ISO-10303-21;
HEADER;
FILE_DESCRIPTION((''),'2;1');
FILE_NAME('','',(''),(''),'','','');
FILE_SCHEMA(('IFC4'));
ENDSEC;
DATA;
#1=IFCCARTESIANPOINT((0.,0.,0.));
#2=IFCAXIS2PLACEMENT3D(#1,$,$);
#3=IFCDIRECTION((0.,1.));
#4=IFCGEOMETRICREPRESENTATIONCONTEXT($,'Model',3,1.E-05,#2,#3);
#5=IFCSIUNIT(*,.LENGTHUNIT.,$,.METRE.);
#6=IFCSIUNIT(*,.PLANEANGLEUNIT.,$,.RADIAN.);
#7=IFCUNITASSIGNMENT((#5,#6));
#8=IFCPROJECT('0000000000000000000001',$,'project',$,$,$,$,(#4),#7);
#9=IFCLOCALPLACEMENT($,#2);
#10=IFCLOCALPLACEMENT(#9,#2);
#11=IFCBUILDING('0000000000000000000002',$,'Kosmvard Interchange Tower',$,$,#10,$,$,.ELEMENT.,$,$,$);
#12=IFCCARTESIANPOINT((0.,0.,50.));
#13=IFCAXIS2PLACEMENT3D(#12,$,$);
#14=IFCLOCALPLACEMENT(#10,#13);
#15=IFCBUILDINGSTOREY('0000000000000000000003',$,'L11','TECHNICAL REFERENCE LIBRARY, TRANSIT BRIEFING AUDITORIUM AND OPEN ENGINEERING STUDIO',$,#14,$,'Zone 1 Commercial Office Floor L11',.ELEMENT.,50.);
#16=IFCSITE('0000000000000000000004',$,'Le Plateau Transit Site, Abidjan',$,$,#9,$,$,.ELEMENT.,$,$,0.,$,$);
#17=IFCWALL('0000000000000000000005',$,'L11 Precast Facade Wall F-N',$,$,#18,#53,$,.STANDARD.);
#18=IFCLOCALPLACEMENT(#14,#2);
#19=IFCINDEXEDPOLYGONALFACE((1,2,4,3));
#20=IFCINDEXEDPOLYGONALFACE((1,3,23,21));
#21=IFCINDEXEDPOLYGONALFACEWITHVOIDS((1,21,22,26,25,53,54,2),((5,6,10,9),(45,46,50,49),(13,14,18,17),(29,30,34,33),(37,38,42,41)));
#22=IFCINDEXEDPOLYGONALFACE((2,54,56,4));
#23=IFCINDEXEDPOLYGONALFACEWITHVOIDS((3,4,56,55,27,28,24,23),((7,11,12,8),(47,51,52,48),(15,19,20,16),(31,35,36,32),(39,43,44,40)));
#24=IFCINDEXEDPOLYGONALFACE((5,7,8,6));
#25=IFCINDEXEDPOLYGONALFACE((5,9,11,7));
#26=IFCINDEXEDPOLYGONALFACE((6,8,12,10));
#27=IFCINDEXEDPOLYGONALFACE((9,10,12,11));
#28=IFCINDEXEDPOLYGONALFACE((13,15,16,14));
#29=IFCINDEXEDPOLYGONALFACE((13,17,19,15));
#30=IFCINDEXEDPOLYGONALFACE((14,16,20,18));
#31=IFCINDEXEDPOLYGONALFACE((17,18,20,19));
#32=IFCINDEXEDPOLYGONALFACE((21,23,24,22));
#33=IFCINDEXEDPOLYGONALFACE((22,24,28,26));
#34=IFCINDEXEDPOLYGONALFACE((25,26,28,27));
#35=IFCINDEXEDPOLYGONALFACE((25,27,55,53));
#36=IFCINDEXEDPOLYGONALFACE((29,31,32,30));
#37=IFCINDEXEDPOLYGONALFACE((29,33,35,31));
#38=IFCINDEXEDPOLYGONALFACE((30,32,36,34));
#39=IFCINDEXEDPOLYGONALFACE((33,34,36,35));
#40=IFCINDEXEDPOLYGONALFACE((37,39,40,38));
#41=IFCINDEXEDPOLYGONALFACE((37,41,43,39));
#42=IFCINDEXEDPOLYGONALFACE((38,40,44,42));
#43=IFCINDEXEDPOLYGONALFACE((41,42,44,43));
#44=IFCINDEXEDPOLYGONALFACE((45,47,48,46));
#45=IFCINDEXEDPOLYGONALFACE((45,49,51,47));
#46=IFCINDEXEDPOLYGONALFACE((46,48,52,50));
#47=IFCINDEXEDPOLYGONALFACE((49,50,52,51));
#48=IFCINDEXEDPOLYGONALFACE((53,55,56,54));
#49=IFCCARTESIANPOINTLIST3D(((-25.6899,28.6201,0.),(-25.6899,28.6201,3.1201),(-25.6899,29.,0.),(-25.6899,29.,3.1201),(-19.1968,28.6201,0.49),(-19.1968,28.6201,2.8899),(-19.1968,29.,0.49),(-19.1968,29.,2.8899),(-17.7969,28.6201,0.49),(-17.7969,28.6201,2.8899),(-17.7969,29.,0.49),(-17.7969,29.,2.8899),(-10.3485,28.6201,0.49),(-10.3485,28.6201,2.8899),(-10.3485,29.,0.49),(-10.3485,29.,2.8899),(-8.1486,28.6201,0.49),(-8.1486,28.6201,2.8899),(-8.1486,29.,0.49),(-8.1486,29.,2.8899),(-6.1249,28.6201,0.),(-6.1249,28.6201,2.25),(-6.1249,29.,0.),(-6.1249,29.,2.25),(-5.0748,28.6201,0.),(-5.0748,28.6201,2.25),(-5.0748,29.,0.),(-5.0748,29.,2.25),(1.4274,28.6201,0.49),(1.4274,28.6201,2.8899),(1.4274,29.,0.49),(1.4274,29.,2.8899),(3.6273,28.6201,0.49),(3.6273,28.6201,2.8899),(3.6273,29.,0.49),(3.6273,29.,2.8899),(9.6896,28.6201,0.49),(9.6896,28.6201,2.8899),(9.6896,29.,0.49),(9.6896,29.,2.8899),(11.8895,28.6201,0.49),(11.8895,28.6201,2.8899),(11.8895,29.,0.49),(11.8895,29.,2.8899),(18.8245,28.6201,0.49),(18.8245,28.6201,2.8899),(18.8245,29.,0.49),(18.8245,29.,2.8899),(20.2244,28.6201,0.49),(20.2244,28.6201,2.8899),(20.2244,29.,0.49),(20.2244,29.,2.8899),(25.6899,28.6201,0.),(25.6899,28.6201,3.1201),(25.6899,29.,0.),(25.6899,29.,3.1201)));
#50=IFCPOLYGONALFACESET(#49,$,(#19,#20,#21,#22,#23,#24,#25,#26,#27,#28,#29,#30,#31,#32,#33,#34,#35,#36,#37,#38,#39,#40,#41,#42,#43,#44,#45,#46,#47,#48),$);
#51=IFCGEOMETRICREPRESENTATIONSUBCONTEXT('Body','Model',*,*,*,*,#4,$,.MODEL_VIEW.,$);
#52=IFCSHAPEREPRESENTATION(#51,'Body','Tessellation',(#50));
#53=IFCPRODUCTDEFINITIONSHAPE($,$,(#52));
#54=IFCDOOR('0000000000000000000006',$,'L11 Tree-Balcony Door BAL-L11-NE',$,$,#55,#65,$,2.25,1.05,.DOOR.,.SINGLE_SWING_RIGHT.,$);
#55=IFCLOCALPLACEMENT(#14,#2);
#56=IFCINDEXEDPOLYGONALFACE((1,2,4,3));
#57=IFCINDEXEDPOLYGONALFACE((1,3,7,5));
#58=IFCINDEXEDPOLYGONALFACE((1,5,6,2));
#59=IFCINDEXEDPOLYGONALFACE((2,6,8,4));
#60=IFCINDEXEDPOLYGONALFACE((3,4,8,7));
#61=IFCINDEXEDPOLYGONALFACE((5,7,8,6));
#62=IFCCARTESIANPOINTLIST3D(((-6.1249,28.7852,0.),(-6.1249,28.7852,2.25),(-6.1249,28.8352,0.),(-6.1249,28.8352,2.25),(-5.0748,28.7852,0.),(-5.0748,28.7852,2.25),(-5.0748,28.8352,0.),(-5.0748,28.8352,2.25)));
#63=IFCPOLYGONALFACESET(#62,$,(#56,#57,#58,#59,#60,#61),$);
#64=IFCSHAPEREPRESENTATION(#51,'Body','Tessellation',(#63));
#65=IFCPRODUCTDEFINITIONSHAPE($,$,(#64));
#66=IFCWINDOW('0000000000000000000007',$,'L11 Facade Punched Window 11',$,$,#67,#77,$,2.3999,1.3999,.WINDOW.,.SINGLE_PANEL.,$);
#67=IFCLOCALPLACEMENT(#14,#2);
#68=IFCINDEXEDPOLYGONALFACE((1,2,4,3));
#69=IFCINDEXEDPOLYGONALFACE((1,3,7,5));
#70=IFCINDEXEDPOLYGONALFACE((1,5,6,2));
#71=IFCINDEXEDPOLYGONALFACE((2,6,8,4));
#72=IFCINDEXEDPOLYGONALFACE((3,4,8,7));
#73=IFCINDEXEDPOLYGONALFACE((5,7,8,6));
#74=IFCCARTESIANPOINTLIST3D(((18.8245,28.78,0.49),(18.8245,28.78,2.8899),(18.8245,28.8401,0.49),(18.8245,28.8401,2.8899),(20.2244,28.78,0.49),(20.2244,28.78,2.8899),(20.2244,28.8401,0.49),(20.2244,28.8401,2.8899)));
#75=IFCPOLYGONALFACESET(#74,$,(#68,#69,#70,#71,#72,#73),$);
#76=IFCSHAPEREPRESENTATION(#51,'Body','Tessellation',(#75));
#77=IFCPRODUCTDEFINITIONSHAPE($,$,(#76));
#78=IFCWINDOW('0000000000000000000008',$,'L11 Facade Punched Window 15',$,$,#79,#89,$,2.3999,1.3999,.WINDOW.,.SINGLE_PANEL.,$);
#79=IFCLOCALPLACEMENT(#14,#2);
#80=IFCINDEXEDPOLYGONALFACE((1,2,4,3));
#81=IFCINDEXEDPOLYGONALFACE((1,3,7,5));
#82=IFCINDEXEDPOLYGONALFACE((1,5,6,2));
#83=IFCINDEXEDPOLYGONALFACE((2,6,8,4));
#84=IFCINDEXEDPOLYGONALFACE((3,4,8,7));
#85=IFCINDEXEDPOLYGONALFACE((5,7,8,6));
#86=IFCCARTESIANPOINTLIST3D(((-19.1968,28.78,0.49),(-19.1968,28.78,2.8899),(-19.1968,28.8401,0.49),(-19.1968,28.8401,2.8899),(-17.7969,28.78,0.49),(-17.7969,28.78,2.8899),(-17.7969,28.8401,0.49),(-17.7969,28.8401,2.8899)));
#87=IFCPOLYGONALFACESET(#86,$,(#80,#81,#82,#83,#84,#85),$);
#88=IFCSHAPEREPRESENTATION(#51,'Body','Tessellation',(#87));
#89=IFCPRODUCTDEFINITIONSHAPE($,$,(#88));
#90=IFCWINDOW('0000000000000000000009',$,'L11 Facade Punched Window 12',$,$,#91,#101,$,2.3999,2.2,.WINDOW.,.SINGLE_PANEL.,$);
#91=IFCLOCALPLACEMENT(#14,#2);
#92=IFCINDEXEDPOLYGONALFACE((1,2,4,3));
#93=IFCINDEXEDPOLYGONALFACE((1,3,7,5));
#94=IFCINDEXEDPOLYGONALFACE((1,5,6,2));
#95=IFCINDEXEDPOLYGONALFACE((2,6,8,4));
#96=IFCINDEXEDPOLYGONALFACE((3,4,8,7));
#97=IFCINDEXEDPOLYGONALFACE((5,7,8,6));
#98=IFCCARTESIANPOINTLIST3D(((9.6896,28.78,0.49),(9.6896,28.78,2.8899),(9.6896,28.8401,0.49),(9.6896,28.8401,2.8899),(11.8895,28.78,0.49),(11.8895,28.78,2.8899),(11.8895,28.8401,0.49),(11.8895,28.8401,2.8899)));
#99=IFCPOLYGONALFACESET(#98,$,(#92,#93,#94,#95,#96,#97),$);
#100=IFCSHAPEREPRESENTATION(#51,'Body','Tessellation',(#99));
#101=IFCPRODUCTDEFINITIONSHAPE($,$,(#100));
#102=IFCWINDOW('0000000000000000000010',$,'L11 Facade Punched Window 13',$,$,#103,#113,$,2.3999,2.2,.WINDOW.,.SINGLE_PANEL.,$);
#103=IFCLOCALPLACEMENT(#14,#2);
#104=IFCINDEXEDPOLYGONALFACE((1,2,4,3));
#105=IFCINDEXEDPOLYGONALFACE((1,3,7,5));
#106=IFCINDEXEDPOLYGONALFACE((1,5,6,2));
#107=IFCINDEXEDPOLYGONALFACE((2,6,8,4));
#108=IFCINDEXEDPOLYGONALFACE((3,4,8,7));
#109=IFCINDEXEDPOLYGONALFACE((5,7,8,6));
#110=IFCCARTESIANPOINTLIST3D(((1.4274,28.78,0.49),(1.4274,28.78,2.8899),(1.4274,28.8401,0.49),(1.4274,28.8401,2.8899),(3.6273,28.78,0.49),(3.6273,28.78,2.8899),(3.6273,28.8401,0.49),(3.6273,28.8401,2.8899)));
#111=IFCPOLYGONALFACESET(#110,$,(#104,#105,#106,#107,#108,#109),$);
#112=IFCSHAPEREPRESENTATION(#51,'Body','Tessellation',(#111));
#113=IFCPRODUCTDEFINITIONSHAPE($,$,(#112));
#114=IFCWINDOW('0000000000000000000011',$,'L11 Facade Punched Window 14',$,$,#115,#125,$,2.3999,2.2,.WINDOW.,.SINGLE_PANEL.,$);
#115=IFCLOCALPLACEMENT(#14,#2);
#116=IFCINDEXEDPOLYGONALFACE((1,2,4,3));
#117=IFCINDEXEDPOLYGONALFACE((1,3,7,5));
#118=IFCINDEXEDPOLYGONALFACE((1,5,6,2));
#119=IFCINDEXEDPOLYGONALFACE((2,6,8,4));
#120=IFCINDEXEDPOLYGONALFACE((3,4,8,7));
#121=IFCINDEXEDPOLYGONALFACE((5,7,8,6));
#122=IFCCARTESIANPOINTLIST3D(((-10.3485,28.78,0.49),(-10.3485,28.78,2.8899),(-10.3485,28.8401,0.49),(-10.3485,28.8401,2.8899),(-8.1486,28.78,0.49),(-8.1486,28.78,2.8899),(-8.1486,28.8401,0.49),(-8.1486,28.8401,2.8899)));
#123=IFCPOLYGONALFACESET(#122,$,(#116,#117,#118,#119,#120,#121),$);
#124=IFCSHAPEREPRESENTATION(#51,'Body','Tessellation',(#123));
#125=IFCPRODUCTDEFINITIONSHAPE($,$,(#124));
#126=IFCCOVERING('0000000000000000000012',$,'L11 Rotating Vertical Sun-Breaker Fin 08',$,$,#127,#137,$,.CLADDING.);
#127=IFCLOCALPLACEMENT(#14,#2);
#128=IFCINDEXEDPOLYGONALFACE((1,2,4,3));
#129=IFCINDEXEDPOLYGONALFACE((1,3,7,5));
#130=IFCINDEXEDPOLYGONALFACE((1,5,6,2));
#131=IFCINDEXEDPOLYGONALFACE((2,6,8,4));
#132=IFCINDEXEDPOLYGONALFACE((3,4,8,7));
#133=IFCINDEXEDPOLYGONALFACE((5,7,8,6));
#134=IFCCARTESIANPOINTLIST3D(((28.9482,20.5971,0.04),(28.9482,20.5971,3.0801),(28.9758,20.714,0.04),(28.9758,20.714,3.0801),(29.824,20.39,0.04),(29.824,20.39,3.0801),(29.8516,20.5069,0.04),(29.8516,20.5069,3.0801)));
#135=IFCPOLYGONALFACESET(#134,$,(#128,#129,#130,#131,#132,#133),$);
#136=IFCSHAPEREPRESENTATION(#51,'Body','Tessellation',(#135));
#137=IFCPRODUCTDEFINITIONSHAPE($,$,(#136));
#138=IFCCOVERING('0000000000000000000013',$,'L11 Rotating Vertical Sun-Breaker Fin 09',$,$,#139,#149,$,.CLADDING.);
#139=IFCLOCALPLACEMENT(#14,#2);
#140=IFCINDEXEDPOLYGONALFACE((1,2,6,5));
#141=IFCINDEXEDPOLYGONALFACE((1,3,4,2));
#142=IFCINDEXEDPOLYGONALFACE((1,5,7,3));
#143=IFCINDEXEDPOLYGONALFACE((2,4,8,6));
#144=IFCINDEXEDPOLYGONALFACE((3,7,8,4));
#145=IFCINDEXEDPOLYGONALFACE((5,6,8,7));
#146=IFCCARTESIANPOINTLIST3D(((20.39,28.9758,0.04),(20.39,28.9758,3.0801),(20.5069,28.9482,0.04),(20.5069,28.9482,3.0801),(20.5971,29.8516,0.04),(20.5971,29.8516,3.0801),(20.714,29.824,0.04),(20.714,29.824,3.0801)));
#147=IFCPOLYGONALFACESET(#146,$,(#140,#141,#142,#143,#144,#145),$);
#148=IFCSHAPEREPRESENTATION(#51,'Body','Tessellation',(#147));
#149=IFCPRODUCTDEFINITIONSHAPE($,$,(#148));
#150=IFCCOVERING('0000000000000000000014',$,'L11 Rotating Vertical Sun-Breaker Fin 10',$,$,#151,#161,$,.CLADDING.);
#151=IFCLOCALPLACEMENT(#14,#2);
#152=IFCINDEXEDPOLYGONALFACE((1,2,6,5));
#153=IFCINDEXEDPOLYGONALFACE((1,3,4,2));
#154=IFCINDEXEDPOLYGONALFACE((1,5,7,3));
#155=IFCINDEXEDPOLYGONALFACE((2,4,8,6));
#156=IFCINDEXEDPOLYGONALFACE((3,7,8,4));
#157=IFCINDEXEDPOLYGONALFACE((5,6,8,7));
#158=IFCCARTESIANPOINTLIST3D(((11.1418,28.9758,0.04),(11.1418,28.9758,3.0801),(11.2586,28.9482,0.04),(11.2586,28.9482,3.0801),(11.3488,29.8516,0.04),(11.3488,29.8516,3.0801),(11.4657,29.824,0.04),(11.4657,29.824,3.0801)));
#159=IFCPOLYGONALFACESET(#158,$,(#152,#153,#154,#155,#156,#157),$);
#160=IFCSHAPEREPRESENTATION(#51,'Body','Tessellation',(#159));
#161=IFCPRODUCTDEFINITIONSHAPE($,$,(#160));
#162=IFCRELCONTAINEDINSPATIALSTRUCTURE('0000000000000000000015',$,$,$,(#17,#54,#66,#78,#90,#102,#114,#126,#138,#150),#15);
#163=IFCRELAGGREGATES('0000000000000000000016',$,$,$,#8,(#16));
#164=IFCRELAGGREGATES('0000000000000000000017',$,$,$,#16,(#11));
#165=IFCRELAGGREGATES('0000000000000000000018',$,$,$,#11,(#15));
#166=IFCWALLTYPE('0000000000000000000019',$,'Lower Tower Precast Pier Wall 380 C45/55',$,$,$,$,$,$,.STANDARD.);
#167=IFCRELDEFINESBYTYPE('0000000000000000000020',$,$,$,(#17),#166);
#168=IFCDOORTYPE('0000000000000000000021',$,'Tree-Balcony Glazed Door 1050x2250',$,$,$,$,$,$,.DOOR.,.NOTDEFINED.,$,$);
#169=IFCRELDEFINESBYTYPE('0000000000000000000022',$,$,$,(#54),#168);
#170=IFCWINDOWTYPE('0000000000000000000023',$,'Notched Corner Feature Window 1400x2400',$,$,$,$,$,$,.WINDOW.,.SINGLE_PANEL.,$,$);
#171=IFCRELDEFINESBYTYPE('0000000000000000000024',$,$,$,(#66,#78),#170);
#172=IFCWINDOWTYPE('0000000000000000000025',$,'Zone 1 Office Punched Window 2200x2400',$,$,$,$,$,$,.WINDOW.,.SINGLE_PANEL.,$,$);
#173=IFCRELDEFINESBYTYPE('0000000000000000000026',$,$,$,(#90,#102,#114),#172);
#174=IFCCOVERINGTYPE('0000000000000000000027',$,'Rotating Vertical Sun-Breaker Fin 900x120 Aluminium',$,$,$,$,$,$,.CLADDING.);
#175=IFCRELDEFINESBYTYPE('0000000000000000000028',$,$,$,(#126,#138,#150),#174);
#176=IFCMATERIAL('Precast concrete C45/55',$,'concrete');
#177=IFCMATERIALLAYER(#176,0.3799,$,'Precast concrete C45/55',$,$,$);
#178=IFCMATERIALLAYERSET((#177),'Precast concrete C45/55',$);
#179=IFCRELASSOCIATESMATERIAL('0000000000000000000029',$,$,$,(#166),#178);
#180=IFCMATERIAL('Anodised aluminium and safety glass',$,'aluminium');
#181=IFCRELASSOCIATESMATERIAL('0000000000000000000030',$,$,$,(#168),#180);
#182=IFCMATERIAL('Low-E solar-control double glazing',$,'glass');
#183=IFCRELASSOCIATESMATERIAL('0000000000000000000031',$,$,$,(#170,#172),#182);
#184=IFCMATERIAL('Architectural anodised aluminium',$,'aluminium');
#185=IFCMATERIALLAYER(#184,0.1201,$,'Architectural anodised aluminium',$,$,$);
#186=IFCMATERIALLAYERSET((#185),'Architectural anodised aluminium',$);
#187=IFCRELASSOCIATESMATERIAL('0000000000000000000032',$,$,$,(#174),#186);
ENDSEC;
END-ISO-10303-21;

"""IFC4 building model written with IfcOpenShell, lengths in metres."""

from ifc_helpers import new_model, si_unit, direction, frame, frame_2d, origin, origin_2d, place, context, subcontext, project, spatial, rectangle, extrude, source, transform, mapped, material, layer, layer_set, type_object, element, fill, save


model = new_model("IFC4")

# Units and contexts
model_context = context("Model", 3, precision=1e-05, world=origin(), true_north=direction((0.0, 1.0)))
body_context = subcontext(model_context, "Body", "Model", "MODEL_VIEW")
ifc_project = project(units=[si_unit("LENGTHUNIT", "METRE"), si_unit("PLANEANGLEUNIT", "RADIAN")], contexts=[model_context])

# Site, building, storey
site_placement = place(None, origin())
site = spatial("IfcSite", under=ifc_project, at=site_placement, Name="Le Plateau Transit Site, Abidjan", CompositionType="ELEMENT", RefElevation=0.0)
building_placement = place(site_placement, origin())
building = spatial("IfcBuilding", under=site, at=building_placement, Name="Kosmvard Interchange Tower", CompositionType="ELEMENT")
storey_placement = place(building_placement, frame((0.0, 0.0, 50.0)))
storey = spatial("IfcBuildingStorey", under=building, at=storey_placement, Name="L11", Description="TECHNICAL REFERENCE LIBRARY, TRANSIT BRIEFING AUDITORIUM AND OPEN ENGINEERING STUDIO", LongName="Zone 1 Commercial Office Floor L11", CompositionType="ELEMENT", Elevation=50.0)

# Shared definitions
ifc_material_1 = material(Name="Precast concrete C45/55", Category="concrete")

# Shared definitions
ifc_layer_1 = layer(ifc_material_1, 0.3799, Name="Precast concrete C45/55")
ifc_layer_set_1 = layer_set([ifc_layer_1], Name="Precast concrete C45/55")
wall_type = type_object("IfcWallType", Name="Lower Tower Precast Pier Wall 380 C45/55", PredefinedType="STANDARD", material=ifc_layer_set_1)

# Wall, openings, door, windows
wall_1_placement = place(storey_placement, frame((25.6899, 28.8101, 0.0), z_axis=(0.0, 0.0, 1.0), x_axis=(-1.0, 0.0, 0.0)))
wall_1 = element("IfcWall", 1, at=wall_1_placement, inside=storey, type_object=wall_type, Name="L11 Precast Facade Wall F-N", PredefinedType="STANDARD", context=body_context, shape_type="SweptSolid", body=[
    extrude(rectangle(XDim=51.3799, YDim=0.3799, at=frame_2d((25.6899, 0.0))), origin(), (0.0, 0.0, 1.0), 3.1201),
])
opening_1_placement = place(wall_1_placement, frame((30.7649, 0.0, 0.0)))
opening_1 = element("IfcOpeningElement", 2, at=opening_1_placement, cuts=wall_1, PredefinedType="OPENING", context=body_context, shape_type="SweptSolid", body=[
    extrude(rectangle(XDim=1.05, YDim=2.25, at=frame_2d((0.5249, 1.125))), frame((0.0, 0.2, 0.0), z_axis=(0.0, -1.0, 0.0), x_axis=(1.0, 0.0, 0.0)), (0.0, 0.0, 1.0), 0.3999),
])
opening_2_placement = place(wall_1_placement, frame((5.4656, 0.0, 0.49)))
opening_2 = element("IfcOpeningElement", 3, at=opening_2_placement, cuts=wall_1, PredefinedType="OPENING", context=body_context, shape_type="SweptSolid", body=[
    extrude(rectangle(XDim=1.3999, YDim=2.3999, at=frame_2d((0.7, 1.2))), frame((0.0, 0.2, 0.0), z_axis=(0.0, -1.0, 0.0), x_axis=(1.0, 0.0, 0.0)), (0.0, 0.0, 1.0), 0.3999),
])
opening_3_placement = place(wall_1_placement, frame((13.8003, 0.0, 0.49)))
opening_3 = element("IfcOpeningElement", 4, at=opening_3_placement, cuts=wall_1, PredefinedType="OPENING", context=body_context, shape_type="SweptSolid", body=[
    extrude(rectangle(XDim=2.2, YDim=2.3999, at=frame_2d((1.1001, 1.2))), frame((0.0, 0.2, 0.0), z_axis=(0.0, -1.0, 0.0), x_axis=(1.0, 0.0, 0.0)), (0.0, 0.0, 1.0), 0.3999),
])
opening_4_placement = place(wall_1_placement, frame((22.0625, 0.0, 0.49)))
opening_4 = element("IfcOpeningElement", 5, at=opening_4_placement, cuts=wall_1, PredefinedType="OPENING", context=body_context, shape_type="SweptSolid", body=[
    extrude(rectangle(XDim=2.2, YDim=2.3999, at=frame_2d((1.1001, 1.2))), frame((0.0, 0.2, 0.0), z_axis=(0.0, -1.0, 0.0), x_axis=(1.0, 0.0, 0.0)), (0.0, 0.0, 1.0), 0.3999),
])
opening_5_placement = place(wall_1_placement, frame((33.8384, 0.0, 0.49)))
opening_5 = element("IfcOpeningElement", 6, at=opening_5_placement, cuts=wall_1, PredefinedType="OPENING", context=body_context, shape_type="SweptSolid", body=[
    extrude(rectangle(XDim=2.2, YDim=2.3999, at=frame_2d((1.1001, 1.2))), frame((0.0, 0.2, 0.0), z_axis=(0.0, -1.0, 0.0), x_axis=(1.0, 0.0, 0.0)), (0.0, 0.0, 1.0), 0.3999),
])
opening_6_placement = place(wall_1_placement, frame((43.4868, 0.0, 0.49)))
opening_6 = element("IfcOpeningElement", 7, at=opening_6_placement, cuts=wall_1, PredefinedType="OPENING", context=body_context, shape_type="SweptSolid", body=[
    extrude(rectangle(XDim=1.3999, YDim=2.3999, at=frame_2d((0.7, 1.2))), frame((0.0, 0.2, 0.0), z_axis=(0.0, -1.0, 0.0), x_axis=(1.0, 0.0, 0.0)), (0.0, 0.0, 1.0), 0.3999),
])
ifc_material_2 = material(Name="Anodised aluminium and safety glass", Category="aluminium")
door_type = type_object("IfcDoorType", Name="Tree-Balcony Glazed Door 1050x2250", OperationType="NOTDEFINED", PredefinedType="DOOR", material=ifc_material_2)
shared_shape_1 = source(origin(), body_context, "Body", "SweptSolid", [
    extrude(rectangle(XDim=1.05, YDim=2.25, at=frame_2d((0.5249, 1.125))), frame((0.0, 0.0249, 0.0), z_axis=(0.0, -1.0, 0.0), x_axis=(1.0, 0.0, 0.0)), (0.0, 0.0, 1.0), 0.05),
])
door_placement = place(opening_1_placement, origin())
door = element("IfcDoor", 8, at=door_placement, inside=storey, type_object=door_type, Name="L11 Tree-Balcony Door BAL-L11-NE", OperationType="SINGLE_SWING_RIGHT", OverallHeight=2.25, OverallWidth=1.05, PredefinedType="DOOR", context=body_context, shape_type="MappedRepresentation", body=[
    mapped(shared_shape_1, transform((0.0, 0.0, 0.0), scale=1.0)),
])
fill(opening_1, door)
ifc_material_3 = material(Name="Low-E solar-control double glazing", Category="glass")
window_type_1 = type_object("IfcWindowType", Name="Notched Corner Feature Window 1400x2400", PartitioningType="SINGLE_PANEL", PredefinedType="WINDOW", material=ifc_material_3)
shared_shape_2 = source(origin(), body_context, "Body", "SweptSolid", [
    extrude(rectangle(XDim=1.3999, YDim=2.3999, at=frame_2d((0.7, 1.2))), frame((0.0, 0.03, 0.0), z_axis=(0.0, -1.0, 0.0), x_axis=(1.0, 0.0, 0.0)), (0.0, 0.0, 1.0), 0.0601),
])
window_1_placement = place(opening_2_placement, origin())
window_1 = element("IfcWindow", 9, at=window_1_placement, inside=storey, type_object=window_type_1, Name="L11 Facade Punched Window 11", OverallHeight=2.3999, OverallWidth=1.3999, PartitioningType="SINGLE_PANEL", PredefinedType="WINDOW", context=body_context, shape_type="MappedRepresentation", body=[
    mapped(shared_shape_2, transform((0.0, 0.0, 0.0), scale=1.0)),
])
fill(opening_2, window_1)
window_2_placement = place(opening_6_placement, origin())
window_2 = element("IfcWindow", 10, at=window_2_placement, inside=storey, type_object=window_type_1, Name="L11 Facade Punched Window 15", OverallHeight=2.3999, OverallWidth=1.3999, PartitioningType="SINGLE_PANEL", PredefinedType="WINDOW", context=body_context, shape_type="MappedRepresentation", body=[
    mapped(shared_shape_2, transform((0.0, 0.0, 0.0), scale=1.0)),
])
fill(opening_6, window_2)
window_type_2 = type_object("IfcWindowType", Name="Zone 1 Office Punched Window 2200x2400", PartitioningType="SINGLE_PANEL", PredefinedType="WINDOW", material=ifc_material_3)
shared_shape_3 = source(origin(), body_context, "Body", "SweptSolid", [
    extrude(rectangle(XDim=2.2, YDim=2.3999, at=frame_2d((1.1001, 1.2))), frame((0.0, 0.03, 0.0), z_axis=(0.0, -1.0, 0.0), x_axis=(1.0, 0.0, 0.0)), (0.0, 0.0, 1.0), 0.0601),
])
window_3_placement = place(opening_3_placement, origin())
window_3 = element("IfcWindow", 11, at=window_3_placement, inside=storey, type_object=window_type_2, Name="L11 Facade Punched Window 12", OverallHeight=2.3999, OverallWidth=2.2, PartitioningType="SINGLE_PANEL", PredefinedType="WINDOW", context=body_context, shape_type="MappedRepresentation", body=[
    mapped(shared_shape_3, transform((0.0, 0.0, 0.0), scale=1.0)),
])
fill(opening_3, window_3)
window_4_placement = place(opening_4_placement, origin())
window_4 = element("IfcWindow", 12, at=window_4_placement, inside=storey, type_object=window_type_2, Name="L11 Facade Punched Window 13", OverallHeight=2.3999, OverallWidth=2.2, PartitioningType="SINGLE_PANEL", PredefinedType="WINDOW", context=body_context, shape_type="MappedRepresentation", body=[
    mapped(shared_shape_3, transform((0.0, 0.0, 0.0), scale=1.0)),
])
fill(opening_4, window_4)
window_5_placement = place(opening_5_placement, origin())
window_5 = element("IfcWindow", 13, at=window_5_placement, inside=storey, type_object=window_type_2, Name="L11 Facade Punched Window 14", OverallHeight=2.3999, OverallWidth=2.2, PartitioningType="SINGLE_PANEL", PredefinedType="WINDOW", context=body_context, shape_type="MappedRepresentation", body=[
    mapped(shared_shape_3, transform((0.0, 0.0, 0.0), scale=1.0)),
])
fill(opening_5, window_5)

# Coverings
ifc_material_4 = material(Name="Architectural anodised aluminium", Category="aluminium")
ifc_layer_2 = layer(ifc_material_4, 0.1201, Name="Architectural anodised aluminium")
ifc_layer_set_2 = layer_set([ifc_layer_2], Name="Architectural anodised aluminium")
covering_type = type_object("IfcCoveringType", Name="Rotating Vertical Sun-Breaker Fin 900x120 Aluminium", PredefinedType="CLADDING", material=ifc_layer_set_2)
shared_shape_4 = source(origin(), body_context, "Body", "SweptSolid", [
    extrude(rectangle(XDim=0.8999, YDim=0.1201, at=origin_2d()), origin(), (0.0, 0.0, 1.0), 3.04),
])
for number, where, z_axis, x_axis, name in (
    (14, (29.3999, 20.552, 0.04), (0.0, 0.0, 1.0), (0.973179, -0.23005, 0.0), "L11 Rotating Vertical Sun-Breaker Fin 08"),
    (15, (20.552, 29.3999, 0.04), (0.0, 0.0, 1.0), (0.23005, 0.973179, 0.0), "L11 Rotating Vertical Sun-Breaker Fin 09"),
    (16, (11.3037, 29.3999, 0.04), (0.0, 0.0, 1.0), (0.23005, 0.973179, 0.0), "L11 Rotating Vertical Sun-Breaker Fin 10"),
):
    element("IfcCovering", number, at=place(storey_placement, frame(where, z_axis=z_axis, x_axis=x_axis)), inside=storey, type_object=covering_type, Name=name, PredefinedType="CLADDING", context=body_context, shape_type="MappedRepresentation", body=[
        mapped(shared_shape_4, transform((0.0, 0.0, 0.0), scale=1.0)),
    ])

save(model, "model.ifc")
